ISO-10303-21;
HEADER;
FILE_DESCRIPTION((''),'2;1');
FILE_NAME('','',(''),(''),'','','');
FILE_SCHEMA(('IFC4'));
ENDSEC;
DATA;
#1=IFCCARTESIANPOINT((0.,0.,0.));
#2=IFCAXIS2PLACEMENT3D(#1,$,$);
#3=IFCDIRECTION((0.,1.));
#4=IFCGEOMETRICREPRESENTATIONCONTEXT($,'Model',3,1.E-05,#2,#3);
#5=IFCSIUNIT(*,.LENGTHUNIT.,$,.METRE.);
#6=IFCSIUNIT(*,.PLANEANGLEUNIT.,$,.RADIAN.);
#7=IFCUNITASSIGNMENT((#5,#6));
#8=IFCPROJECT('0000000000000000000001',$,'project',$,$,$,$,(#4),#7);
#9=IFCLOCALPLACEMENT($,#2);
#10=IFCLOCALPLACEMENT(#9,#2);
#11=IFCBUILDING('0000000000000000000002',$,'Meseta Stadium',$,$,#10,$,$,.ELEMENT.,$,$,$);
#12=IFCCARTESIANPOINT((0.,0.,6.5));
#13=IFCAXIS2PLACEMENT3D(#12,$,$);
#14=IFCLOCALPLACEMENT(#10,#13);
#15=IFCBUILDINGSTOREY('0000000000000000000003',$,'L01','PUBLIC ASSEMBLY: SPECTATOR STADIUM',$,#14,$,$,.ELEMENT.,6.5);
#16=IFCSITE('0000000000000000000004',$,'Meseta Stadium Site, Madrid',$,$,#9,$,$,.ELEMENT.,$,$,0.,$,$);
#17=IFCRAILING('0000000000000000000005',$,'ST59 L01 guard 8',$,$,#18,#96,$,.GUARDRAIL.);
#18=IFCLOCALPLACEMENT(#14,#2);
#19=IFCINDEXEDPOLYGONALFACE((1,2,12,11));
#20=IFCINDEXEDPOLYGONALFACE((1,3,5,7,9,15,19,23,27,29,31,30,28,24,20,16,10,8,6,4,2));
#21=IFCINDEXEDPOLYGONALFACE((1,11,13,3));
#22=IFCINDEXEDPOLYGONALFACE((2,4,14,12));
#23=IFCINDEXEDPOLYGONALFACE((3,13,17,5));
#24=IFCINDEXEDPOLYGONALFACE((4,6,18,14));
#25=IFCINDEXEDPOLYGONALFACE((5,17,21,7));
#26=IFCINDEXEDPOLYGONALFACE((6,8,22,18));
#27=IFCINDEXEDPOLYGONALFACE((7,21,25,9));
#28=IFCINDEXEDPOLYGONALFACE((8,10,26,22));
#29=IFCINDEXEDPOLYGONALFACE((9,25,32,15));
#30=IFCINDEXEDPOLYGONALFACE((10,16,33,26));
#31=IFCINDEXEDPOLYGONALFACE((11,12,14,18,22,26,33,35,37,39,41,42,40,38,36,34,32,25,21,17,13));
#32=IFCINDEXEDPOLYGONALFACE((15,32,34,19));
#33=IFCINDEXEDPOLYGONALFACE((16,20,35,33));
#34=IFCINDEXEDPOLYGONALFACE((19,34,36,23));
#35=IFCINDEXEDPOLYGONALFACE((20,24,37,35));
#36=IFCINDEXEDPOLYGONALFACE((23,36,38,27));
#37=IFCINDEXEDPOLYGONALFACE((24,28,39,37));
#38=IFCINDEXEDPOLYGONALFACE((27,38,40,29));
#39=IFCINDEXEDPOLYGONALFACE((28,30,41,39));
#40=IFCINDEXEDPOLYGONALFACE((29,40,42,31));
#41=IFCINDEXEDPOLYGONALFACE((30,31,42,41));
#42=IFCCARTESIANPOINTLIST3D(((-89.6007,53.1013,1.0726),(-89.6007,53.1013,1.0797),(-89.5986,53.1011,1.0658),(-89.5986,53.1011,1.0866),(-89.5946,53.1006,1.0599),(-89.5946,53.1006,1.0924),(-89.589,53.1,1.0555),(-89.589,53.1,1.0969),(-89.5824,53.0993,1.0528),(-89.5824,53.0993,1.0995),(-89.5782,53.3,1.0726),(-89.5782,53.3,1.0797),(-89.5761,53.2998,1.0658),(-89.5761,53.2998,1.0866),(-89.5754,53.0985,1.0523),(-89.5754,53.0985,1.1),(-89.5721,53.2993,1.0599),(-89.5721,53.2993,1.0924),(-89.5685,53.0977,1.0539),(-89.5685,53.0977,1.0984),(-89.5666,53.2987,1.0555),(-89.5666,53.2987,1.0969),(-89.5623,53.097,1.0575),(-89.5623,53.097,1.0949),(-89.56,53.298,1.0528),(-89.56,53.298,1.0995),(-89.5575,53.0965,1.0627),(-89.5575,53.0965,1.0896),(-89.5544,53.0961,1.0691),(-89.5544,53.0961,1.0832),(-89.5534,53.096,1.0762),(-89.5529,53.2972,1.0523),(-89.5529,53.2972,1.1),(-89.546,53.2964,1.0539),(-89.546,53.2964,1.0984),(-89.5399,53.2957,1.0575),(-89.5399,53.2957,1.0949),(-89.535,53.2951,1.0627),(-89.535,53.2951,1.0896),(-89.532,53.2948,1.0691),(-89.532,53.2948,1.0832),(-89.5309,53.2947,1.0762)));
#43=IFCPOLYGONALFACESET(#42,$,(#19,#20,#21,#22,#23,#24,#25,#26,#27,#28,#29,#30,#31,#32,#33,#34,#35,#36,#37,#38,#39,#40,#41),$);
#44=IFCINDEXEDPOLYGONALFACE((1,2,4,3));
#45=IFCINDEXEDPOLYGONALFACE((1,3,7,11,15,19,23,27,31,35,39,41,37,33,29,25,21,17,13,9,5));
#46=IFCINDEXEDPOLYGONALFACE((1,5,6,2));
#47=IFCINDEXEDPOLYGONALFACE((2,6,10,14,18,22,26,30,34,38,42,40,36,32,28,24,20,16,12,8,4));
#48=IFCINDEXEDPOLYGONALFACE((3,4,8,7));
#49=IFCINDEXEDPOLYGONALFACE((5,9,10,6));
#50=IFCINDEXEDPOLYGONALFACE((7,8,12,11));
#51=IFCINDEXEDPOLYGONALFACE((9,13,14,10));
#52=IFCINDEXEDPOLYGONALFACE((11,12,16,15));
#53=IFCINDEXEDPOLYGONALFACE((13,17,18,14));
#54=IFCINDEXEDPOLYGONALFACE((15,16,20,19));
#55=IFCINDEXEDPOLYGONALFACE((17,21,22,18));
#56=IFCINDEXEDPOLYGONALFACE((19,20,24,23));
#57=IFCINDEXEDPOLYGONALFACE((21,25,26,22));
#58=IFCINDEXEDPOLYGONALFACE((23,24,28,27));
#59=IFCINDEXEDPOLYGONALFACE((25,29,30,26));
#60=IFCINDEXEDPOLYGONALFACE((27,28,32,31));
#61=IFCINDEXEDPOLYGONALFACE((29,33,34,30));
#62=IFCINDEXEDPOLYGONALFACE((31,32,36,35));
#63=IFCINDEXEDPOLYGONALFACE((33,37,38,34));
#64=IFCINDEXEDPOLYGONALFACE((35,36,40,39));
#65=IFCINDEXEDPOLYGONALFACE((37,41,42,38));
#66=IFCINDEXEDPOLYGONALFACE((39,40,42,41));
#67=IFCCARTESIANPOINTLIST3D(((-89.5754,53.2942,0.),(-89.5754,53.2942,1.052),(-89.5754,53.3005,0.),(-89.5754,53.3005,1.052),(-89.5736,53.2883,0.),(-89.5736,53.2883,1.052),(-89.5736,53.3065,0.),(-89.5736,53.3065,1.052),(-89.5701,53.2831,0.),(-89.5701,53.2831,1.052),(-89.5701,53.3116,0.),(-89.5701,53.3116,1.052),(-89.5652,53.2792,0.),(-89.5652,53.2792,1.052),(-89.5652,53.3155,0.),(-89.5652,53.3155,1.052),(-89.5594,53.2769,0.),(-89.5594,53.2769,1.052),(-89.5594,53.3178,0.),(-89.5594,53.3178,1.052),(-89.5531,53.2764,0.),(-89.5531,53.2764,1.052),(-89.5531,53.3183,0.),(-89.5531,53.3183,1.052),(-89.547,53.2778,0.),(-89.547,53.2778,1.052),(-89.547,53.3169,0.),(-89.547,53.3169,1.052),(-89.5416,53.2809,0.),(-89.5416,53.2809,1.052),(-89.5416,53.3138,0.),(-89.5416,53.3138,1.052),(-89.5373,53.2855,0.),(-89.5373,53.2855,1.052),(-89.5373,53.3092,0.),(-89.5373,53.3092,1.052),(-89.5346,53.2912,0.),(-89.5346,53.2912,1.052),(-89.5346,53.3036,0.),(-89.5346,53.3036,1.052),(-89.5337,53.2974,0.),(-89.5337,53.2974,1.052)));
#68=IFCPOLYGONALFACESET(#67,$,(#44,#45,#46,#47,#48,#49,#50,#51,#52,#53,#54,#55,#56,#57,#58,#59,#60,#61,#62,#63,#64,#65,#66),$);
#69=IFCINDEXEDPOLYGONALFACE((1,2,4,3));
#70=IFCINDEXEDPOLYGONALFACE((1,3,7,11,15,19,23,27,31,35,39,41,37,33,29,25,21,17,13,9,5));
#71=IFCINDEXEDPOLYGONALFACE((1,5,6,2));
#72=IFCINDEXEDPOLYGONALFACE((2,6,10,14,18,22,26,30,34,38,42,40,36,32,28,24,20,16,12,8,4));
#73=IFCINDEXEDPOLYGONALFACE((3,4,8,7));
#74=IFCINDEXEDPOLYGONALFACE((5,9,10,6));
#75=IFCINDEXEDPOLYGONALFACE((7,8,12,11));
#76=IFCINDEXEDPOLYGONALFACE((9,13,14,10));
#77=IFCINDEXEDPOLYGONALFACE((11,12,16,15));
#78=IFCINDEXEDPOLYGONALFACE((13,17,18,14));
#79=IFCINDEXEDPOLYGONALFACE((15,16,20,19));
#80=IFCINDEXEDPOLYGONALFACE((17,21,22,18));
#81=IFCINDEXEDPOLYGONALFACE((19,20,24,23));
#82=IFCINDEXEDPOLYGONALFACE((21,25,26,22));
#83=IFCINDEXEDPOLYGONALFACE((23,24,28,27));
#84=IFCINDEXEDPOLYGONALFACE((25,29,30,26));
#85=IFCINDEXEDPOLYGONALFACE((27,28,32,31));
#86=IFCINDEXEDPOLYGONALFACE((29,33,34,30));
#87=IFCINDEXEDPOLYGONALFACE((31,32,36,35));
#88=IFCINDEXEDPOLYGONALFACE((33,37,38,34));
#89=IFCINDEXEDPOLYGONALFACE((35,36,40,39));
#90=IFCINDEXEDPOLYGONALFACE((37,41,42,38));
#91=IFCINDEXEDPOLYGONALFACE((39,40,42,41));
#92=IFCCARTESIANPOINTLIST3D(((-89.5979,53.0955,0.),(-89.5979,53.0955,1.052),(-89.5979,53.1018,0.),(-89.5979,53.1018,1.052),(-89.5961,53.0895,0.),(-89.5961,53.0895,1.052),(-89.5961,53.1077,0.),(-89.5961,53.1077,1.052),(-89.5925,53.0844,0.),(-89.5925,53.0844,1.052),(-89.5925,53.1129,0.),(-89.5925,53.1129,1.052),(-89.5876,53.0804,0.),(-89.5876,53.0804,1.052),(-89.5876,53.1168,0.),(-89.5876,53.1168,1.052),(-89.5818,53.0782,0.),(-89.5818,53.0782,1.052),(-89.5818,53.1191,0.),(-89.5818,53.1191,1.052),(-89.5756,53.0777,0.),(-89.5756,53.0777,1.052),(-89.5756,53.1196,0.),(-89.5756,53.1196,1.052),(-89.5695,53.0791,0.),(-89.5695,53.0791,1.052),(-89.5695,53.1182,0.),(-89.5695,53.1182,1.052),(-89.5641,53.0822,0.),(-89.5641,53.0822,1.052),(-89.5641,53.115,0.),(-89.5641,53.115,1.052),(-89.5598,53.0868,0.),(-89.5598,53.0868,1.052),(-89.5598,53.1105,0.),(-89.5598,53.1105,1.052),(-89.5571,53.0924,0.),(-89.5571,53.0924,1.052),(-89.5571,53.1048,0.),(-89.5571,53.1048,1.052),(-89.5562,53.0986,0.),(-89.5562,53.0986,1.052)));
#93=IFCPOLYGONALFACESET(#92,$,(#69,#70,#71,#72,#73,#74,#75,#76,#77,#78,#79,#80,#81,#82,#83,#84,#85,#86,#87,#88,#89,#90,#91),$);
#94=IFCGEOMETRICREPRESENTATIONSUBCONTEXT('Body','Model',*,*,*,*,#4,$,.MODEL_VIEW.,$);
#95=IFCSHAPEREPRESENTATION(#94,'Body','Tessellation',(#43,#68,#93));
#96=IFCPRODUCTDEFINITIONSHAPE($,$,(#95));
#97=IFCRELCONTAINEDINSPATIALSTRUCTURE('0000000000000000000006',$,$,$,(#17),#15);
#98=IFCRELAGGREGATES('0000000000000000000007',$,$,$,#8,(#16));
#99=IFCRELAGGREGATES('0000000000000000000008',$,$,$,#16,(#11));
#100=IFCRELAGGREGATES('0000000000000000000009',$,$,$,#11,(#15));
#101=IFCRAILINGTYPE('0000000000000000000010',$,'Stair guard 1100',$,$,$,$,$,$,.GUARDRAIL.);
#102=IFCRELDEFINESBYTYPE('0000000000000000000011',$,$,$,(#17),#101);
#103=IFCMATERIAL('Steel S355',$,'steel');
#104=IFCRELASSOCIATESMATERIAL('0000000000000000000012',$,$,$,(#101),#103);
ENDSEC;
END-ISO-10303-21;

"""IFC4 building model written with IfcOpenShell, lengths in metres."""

from ifc_helpers import new_model, si_unit, direction, frame, origin, origin_2d, place, context, subcontext, project, spatial, circle, extrude, material, type_object, element, save


model = new_model("IFC4")

# Units and contexts
model_context = context("Model", 3, precision=1e-05, world=origin(), true_north=direction((0.0, 1.0)))
body_context = subcontext(model_context, "Body", "Model", "MODEL_VIEW")
ifc_project = project(units=[si_unit("LENGTHUNIT", "METRE"), si_unit("PLANEANGLEUNIT", "RADIAN")], contexts=[model_context])

# Site, building, storey
site_placement = place(None, origin())
site = spatial("IfcSite", under=ifc_project, at=site_placement, Name="Meseta Stadium Site, Madrid", CompositionType="ELEMENT", RefElevation=0.0)
building_placement = place(site_placement, origin())
building = spatial("IfcBuilding", under=site, at=building_placement, Name="Meseta Stadium", CompositionType="ELEMENT")
storey_placement = place(building_placement, frame((0.0, 0.0, 6.5)))
storey = spatial("IfcBuildingStorey", under=building, at=storey_placement, Name="L01", Description="PUBLIC ASSEMBLY: SPECTATOR STADIUM", CompositionType="ELEMENT", Elevation=6.5)

# Railing
ifc_material_1 = material(Name="Steel S355", Category="steel")
railing_type_1 = type_object("IfcRailingType", Name="Stair guard 1100", PredefinedType="GUARDRAIL", material=ifc_material_1)
railing_1_placement = place(storey_placement, frame((-89.5547, 53.2974, 0.0)))
element("IfcRailing", 1, at=railing_1_placement, inside=storey, type_object=railing_type_1, Name="ST59 L01 guard 8", PredefinedType="GUARDRAIL", context=body_context, shape_type="SweptSolid", body=[
    extrude(circle(Radius=0.0239, at=origin_2d()), frame((0.0, 0.0, 1.0762), z_axis=(-0.112307, -0.993674, 0.0), x_axis=(0.993674, -0.112307, 0.0)), (0.0, 0.0, 1.0), 0.2),
    extrude(circle(Radius=0.021, at=origin_2d()), origin(), (0.0, 0.0, 1.0), 1.052),
    extrude(circle(Radius=0.021, at=origin_2d()), frame((-0.0225, -0.1987, 0.0)), (0.0, 0.0, 1.0), 1.052),
])

save(model, "model.ifc")
